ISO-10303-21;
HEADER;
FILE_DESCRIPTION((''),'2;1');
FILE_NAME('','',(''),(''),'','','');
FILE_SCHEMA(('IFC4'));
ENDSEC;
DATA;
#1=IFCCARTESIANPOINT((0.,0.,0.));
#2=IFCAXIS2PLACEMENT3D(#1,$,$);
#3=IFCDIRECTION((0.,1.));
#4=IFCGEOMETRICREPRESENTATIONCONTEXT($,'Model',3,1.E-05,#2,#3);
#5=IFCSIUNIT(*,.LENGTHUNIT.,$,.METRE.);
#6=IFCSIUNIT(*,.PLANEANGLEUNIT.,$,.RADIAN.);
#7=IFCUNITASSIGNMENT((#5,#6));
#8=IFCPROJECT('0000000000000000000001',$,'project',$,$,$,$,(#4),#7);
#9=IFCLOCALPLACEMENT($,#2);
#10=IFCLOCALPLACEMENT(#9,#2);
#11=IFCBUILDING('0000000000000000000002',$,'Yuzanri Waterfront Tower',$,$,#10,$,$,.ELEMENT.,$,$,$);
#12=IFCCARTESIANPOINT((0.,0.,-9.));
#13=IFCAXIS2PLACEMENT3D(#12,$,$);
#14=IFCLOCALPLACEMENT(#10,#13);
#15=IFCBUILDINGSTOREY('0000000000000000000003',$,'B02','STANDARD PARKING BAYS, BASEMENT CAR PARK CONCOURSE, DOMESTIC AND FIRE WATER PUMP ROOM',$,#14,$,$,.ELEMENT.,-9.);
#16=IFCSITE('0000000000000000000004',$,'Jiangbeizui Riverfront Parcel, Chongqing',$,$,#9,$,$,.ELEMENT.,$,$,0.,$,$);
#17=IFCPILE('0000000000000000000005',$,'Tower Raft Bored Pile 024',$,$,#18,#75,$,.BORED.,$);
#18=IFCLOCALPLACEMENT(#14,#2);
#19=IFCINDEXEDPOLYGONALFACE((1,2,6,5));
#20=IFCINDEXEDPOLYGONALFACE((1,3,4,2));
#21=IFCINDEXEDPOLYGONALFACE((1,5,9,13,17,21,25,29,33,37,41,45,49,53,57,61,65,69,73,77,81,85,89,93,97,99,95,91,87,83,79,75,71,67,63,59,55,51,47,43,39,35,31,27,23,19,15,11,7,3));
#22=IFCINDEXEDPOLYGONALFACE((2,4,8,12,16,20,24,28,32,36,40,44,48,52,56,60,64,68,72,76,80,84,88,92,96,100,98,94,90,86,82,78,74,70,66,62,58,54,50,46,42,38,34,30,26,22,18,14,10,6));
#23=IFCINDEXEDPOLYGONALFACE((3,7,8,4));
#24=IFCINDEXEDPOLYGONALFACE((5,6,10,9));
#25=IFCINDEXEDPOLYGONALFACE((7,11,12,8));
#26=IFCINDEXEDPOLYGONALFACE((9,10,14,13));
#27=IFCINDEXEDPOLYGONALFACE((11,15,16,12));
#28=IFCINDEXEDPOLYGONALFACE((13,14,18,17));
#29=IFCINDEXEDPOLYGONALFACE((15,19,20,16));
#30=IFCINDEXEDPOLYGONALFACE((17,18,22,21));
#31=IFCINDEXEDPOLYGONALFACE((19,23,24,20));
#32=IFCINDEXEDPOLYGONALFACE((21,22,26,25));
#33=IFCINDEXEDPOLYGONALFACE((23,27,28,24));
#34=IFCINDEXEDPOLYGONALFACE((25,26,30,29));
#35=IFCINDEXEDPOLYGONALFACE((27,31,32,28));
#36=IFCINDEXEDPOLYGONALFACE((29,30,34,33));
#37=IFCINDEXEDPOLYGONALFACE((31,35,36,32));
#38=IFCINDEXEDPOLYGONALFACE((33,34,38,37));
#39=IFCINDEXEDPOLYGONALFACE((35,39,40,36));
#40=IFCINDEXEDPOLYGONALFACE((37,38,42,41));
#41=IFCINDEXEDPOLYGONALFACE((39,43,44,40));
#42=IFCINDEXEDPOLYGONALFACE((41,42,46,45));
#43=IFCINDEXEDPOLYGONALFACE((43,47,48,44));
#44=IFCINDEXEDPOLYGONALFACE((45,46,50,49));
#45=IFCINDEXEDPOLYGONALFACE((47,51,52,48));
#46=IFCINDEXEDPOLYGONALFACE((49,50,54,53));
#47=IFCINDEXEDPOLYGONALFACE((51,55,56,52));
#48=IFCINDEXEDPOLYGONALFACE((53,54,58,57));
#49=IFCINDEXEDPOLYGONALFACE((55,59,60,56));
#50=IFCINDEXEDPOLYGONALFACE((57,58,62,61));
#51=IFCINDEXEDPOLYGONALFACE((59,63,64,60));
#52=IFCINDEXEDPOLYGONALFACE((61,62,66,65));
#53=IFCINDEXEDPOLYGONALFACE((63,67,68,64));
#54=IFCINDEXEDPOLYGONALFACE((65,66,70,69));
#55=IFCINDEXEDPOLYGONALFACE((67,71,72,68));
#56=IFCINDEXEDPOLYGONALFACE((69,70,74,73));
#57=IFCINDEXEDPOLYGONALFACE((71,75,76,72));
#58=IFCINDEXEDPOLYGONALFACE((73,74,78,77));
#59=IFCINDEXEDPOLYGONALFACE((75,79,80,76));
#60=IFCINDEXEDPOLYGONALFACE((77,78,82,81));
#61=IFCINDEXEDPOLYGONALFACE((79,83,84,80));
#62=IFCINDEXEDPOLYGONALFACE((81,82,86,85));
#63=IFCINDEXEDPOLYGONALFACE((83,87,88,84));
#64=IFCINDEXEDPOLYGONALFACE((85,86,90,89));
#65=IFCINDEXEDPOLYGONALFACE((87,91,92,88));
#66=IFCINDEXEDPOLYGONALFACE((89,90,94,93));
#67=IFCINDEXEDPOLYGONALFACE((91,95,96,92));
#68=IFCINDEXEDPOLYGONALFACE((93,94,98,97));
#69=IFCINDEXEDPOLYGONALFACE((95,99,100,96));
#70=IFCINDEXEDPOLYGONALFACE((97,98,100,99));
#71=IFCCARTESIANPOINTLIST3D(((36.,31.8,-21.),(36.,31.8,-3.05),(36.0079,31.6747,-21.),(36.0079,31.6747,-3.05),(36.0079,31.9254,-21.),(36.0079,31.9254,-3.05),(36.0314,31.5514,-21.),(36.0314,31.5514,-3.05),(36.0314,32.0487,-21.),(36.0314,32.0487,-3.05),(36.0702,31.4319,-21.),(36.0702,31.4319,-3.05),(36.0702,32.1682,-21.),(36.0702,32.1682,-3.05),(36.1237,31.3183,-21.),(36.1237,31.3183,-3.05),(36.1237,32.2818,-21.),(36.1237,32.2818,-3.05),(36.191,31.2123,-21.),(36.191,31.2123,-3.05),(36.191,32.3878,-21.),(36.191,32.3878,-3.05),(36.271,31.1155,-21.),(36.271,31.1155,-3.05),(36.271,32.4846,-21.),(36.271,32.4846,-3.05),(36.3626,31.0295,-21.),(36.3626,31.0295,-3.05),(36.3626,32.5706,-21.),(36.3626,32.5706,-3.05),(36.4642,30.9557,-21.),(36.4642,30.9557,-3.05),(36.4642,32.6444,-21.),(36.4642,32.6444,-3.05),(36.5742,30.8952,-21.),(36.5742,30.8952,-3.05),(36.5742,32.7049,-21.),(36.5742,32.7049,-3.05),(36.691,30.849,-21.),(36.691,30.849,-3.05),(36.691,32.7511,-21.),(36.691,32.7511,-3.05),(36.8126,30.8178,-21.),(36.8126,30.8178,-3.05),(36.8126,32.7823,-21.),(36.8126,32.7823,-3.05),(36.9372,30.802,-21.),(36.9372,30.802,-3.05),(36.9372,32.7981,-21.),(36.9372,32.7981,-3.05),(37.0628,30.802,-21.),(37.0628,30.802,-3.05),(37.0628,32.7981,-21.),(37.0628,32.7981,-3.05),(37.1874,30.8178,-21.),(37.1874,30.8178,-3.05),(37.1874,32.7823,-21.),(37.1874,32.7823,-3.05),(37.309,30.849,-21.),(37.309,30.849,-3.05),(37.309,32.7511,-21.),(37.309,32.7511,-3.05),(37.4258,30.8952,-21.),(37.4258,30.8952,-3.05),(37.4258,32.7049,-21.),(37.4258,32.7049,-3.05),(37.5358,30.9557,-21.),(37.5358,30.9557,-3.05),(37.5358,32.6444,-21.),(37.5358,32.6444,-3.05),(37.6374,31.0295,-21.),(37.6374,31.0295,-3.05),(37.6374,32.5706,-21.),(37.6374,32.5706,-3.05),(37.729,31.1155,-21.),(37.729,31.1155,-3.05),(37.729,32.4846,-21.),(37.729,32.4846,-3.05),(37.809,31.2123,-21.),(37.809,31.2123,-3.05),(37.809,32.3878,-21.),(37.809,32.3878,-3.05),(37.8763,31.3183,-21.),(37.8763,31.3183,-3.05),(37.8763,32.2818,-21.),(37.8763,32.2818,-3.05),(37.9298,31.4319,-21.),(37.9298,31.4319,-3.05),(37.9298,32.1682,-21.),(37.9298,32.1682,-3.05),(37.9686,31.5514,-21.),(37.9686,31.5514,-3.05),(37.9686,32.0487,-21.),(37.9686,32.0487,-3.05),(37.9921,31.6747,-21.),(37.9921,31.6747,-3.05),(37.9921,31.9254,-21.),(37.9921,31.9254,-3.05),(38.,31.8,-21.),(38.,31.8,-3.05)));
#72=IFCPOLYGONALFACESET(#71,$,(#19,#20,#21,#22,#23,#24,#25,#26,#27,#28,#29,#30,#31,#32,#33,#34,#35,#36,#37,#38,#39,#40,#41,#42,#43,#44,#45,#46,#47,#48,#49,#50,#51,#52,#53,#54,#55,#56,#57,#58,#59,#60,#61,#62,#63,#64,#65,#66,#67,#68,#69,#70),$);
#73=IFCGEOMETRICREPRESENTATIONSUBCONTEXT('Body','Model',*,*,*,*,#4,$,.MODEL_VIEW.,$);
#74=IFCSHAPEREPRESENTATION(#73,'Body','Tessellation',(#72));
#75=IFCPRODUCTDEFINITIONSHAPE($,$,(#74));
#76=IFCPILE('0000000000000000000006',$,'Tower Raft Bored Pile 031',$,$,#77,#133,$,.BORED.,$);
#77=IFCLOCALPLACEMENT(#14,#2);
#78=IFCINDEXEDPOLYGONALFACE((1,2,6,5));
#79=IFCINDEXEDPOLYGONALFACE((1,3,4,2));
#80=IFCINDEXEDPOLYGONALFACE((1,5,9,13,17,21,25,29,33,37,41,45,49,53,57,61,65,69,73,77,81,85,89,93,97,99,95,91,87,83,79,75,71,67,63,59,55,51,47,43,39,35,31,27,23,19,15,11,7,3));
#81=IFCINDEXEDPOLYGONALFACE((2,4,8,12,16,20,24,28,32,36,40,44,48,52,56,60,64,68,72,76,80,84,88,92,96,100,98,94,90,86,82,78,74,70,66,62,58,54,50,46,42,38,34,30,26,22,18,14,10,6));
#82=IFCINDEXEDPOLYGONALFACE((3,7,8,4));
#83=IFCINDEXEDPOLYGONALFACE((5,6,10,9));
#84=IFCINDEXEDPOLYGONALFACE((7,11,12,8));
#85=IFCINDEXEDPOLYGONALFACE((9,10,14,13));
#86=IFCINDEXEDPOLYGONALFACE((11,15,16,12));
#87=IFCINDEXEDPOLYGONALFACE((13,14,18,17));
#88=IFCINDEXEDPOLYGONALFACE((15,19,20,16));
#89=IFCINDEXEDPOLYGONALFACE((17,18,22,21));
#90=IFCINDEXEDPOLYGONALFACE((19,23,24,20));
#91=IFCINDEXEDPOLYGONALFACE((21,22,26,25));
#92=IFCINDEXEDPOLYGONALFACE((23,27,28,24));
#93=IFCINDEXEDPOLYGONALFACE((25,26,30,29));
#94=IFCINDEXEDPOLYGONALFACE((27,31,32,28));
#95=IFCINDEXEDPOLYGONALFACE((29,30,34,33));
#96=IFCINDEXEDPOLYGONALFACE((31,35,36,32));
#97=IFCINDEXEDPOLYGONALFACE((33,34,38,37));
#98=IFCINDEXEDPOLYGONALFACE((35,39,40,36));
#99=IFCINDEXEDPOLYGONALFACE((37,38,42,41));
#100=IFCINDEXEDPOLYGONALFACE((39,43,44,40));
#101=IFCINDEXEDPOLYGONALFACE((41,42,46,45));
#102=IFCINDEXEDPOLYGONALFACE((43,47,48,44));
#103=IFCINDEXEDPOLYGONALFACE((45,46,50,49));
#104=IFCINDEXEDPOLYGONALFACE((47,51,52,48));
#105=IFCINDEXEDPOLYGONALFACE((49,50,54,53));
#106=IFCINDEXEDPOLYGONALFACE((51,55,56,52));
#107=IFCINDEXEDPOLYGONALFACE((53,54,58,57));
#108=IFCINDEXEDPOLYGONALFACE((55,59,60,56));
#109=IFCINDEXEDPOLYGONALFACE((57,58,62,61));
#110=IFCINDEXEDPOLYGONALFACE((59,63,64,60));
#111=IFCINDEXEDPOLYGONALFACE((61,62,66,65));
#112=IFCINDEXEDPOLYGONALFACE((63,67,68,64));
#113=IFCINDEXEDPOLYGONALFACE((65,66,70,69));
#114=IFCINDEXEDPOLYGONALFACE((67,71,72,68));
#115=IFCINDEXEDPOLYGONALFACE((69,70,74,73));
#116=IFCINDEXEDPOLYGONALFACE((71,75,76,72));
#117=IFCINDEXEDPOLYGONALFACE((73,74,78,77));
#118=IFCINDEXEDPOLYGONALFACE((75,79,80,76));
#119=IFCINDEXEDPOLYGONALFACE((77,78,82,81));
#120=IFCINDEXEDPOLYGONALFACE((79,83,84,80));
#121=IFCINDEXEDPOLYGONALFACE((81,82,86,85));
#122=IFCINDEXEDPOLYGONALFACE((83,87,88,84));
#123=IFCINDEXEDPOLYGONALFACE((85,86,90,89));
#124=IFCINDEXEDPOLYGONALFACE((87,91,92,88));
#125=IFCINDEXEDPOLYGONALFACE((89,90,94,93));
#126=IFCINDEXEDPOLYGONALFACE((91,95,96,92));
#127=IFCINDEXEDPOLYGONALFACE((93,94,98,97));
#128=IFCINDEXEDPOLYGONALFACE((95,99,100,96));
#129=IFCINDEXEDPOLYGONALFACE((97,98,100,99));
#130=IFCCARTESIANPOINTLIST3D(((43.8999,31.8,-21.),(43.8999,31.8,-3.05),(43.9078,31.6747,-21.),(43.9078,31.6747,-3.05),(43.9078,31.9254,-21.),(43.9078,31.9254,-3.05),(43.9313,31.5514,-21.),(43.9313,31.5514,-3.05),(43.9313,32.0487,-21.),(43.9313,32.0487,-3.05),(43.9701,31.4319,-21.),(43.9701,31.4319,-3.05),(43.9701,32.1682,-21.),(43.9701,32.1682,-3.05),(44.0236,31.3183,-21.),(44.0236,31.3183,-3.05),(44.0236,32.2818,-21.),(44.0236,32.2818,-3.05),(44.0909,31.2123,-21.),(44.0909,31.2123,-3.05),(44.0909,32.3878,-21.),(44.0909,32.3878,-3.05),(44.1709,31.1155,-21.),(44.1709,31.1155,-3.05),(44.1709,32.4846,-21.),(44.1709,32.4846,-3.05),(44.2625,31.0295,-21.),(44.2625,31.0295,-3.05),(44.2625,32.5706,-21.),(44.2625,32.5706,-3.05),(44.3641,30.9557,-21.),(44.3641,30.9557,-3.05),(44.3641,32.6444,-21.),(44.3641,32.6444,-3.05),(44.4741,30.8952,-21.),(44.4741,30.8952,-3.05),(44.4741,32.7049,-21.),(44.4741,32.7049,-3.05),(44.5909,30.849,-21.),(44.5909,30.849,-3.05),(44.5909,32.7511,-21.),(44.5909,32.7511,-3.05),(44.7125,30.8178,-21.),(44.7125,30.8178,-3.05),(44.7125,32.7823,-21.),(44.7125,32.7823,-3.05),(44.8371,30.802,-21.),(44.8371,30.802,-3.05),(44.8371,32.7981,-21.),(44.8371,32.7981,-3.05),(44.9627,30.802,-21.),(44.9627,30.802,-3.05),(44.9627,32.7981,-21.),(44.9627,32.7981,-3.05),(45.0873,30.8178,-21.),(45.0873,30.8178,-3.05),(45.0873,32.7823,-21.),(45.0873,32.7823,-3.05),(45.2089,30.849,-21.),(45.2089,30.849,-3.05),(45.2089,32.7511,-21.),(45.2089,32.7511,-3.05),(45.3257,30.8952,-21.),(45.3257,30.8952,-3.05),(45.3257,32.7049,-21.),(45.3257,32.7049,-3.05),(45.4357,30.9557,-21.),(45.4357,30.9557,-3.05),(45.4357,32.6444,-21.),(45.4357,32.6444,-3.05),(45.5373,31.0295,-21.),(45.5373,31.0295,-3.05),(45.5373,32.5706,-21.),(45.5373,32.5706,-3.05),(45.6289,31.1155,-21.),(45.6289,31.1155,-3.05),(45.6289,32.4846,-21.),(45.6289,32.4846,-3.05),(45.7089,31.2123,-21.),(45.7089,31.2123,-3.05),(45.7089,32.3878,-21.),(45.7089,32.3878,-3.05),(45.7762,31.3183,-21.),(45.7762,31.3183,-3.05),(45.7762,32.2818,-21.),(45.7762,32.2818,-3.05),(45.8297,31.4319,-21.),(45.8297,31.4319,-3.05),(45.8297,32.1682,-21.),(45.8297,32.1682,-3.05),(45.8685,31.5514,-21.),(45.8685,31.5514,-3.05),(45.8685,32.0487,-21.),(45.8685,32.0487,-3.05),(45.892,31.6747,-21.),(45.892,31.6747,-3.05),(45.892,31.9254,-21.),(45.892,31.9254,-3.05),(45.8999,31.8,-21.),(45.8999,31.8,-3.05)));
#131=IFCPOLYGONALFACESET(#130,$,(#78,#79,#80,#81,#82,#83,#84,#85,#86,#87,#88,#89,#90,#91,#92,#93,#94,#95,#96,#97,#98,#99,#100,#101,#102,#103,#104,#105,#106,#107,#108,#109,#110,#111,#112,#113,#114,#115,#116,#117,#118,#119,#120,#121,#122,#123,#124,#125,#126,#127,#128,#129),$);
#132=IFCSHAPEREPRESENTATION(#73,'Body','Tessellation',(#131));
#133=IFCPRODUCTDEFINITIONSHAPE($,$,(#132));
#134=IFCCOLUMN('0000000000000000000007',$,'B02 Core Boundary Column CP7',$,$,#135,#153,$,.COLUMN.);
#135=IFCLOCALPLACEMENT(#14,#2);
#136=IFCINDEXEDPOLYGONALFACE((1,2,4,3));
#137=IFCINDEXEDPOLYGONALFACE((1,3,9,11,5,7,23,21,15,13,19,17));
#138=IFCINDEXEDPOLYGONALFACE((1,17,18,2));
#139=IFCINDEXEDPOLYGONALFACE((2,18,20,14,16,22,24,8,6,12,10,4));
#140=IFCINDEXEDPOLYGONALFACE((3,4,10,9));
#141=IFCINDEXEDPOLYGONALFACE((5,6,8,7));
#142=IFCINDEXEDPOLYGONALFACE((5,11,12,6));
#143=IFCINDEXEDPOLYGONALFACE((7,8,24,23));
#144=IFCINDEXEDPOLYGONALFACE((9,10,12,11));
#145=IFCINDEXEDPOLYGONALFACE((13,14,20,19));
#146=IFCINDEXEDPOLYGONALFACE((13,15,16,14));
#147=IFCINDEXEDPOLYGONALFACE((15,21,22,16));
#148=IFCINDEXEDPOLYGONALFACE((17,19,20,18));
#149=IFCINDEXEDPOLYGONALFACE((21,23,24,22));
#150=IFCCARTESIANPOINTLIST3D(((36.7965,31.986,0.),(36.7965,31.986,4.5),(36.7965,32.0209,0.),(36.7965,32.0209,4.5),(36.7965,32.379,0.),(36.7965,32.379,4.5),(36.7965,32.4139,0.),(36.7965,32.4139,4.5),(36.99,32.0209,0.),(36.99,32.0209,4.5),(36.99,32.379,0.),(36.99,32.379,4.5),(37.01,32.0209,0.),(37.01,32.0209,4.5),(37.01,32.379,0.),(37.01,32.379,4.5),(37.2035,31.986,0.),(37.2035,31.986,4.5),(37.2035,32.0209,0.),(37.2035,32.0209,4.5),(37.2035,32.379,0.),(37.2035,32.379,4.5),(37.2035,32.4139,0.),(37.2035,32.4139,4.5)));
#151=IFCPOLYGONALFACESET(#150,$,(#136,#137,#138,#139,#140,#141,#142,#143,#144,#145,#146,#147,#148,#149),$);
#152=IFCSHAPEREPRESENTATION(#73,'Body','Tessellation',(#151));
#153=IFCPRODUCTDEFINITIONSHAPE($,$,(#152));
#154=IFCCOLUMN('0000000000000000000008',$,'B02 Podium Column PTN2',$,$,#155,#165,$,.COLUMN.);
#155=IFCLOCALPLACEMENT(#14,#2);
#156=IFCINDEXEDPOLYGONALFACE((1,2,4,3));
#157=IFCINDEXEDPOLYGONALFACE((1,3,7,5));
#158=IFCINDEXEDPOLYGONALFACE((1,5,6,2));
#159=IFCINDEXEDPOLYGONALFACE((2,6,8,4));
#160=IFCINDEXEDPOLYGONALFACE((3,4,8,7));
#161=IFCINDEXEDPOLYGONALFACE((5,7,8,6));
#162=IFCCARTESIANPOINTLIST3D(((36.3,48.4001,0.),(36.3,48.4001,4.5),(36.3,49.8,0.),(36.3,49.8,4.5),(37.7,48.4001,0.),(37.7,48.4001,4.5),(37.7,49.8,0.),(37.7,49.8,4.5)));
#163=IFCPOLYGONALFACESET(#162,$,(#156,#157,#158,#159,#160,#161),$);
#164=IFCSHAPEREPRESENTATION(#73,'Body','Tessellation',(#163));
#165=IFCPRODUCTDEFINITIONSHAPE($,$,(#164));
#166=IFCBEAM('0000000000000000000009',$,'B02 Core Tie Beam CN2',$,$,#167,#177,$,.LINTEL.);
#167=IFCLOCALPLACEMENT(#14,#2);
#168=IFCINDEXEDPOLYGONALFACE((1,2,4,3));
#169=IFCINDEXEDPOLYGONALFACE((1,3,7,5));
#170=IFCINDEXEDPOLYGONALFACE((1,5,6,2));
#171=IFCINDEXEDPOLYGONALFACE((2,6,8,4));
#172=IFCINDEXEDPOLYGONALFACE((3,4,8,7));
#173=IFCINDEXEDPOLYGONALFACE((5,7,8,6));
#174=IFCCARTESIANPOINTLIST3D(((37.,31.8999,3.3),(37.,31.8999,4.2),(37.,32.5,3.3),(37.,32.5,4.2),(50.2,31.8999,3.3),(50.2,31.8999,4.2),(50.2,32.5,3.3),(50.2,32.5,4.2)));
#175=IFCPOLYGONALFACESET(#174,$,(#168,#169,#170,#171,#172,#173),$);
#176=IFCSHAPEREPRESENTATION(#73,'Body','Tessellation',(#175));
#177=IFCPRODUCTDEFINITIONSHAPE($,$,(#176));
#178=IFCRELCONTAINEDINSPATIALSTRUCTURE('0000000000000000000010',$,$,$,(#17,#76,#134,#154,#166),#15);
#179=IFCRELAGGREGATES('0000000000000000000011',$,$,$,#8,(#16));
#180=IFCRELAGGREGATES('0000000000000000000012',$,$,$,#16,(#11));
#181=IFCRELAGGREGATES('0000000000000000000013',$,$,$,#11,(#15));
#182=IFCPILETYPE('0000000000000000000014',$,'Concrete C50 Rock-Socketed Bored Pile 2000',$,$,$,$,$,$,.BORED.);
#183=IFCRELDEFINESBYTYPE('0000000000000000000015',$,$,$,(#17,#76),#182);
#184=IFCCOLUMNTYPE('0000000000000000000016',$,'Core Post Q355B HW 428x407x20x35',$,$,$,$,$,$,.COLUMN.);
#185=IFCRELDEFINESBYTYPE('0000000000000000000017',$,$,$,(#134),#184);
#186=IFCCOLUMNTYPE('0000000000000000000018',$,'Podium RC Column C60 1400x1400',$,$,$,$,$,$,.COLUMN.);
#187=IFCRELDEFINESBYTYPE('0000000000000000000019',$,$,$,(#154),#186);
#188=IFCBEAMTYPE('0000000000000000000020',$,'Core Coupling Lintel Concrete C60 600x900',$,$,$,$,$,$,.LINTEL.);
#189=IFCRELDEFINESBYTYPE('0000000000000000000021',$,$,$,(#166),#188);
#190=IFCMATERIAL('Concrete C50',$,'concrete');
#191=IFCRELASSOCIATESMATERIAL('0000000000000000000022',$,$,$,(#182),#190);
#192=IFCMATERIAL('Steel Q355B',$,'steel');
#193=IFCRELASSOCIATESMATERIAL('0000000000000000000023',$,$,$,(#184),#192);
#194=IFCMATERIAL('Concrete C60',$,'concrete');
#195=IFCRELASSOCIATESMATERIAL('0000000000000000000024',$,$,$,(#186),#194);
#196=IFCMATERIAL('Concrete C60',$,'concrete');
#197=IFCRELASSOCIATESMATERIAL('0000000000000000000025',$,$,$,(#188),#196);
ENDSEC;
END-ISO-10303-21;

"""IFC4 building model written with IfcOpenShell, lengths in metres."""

from ifc_helpers import new_model, si_unit, direction, frame, origin, origin_2d, place, context, subcontext, project, spatial, rectangle, circle, i_section, extrude, source, transform, mapped, material, material_profile, profile_set, type_object, element, save


model = new_model("IFC4")

# Units and contexts
model_context = context("Model", 3, precision=1e-05, world=origin(), true_north=direction((0.0, 1.0)))
body_context = subcontext(model_context, "Body", "Model", "MODEL_VIEW")
ifc_project = project(units=[si_unit("LENGTHUNIT", "METRE"), si_unit("PLANEANGLEUNIT", "RADIAN")], contexts=[model_context])

# Site, building, storey
site_placement = place(None, origin())
site = spatial("IfcSite", under=ifc_project, at=site_placement, Name="Jiangbeizui Riverfront Parcel, Chongqing", CompositionType="ELEMENT", RefElevation=0.0)
building_placement = place(site_placement, origin())
building = spatial("IfcBuilding", under=site, at=building_placement, Name="Yuzanri Waterfront Tower", CompositionType="ELEMENT")
storey_placement = place(building_placement, frame((0.0, 0.0, -9.0)))
storey = spatial("IfcBuildingStorey", under=building, at=storey_placement, Name="B02", Description="STANDARD PARKING BAYS, BASEMENT CAR PARK CONCOURSE, DOMESTIC AND FIRE WATER PUMP ROOM", CompositionType="ELEMENT", Elevation=-9.0)

# Piles
ifc_material_1 = material(Name="Concrete C50", Category="concrete")
ifc_material_profile_1 = material_profile(ifc_material_1, circle(Radius=1.0, at=origin_2d()), Name="PILE D2000")
ifc_profile_set_1 = profile_set([ifc_material_profile_1], Name="Concrete C50")
pile_type_1 = type_object("IfcPileType", Name="Concrete C50 Rock-Socketed Bored Pile 2000", PredefinedType="BORED", material=ifc_profile_set_1)
shared_shape_1 = source(origin(), body_context, "Body", "SweptSolid", [
    extrude(circle(Radius=1.0, at=origin_2d()), origin(), (0.0, 0.0, 1.0), 17.95),
])
for number, where, z_axis, x_axis, name in (
    (1, (37.0, 31.8, -3.05), (0.0, 0.0, -1.0), (1.0, 0.0, 0.0), "Tower Raft Bored Pile 024"),
    (2, (44.8999, 31.8, -3.05), (0.0, 0.0, -1.0), (1.0, 0.0, 0.0), "Tower Raft Bored Pile 031"),
):
    element("IfcPile", number, at=place(storey_placement, frame(where, z_axis=z_axis, x_axis=x_axis)), inside=storey, type_object=pile_type_1, Name=name, PredefinedType="BORED", context=body_context, shape_type="MappedRepresentation", body=[
        mapped(shared_shape_1, transform((0.0, 0.0, 0.0), scale=1.0)),
    ])

# Columns
ifc_material_2 = material(Name="Steel Q355B", Category="steel")
ifc_material_profile_2 = material_profile(ifc_material_2, i_section(OverallWidth=0.407, OverallDepth=0.428, WebThickness=0.02, FlangeThickness=0.0349, at=origin_2d()), Name="HW 428x407x20x35")
ifc_profile_set_2 = profile_set([ifc_material_profile_2], Name="Steel Q355B")
column_type_1 = type_object("IfcColumnType", Name="Core Post Q355B HW 428x407x20x35", PredefinedType="COLUMN", material=ifc_profile_set_2)
shared_shape_2 = source(origin(), body_context, "Body", "SweptSolid", [
    extrude(i_section(OverallWidth=0.407, OverallDepth=0.428, WebThickness=0.02, FlangeThickness=0.0349, at=origin_2d()), origin(), (0.0, 0.0, 1.0), 4.5),
])
column_1_placement = place(storey_placement, frame((37.0, 32.2, 0.0), z_axis=(0.0, 0.0, 1.0), x_axis=(1.0, 0.0, 0.0)))
element("IfcColumn", 3, at=column_1_placement, inside=storey, type_object=column_type_1, Name="B02 Core Boundary Column CP7", PredefinedType="COLUMN", context=body_context, shape_type="MappedRepresentation", body=[
    mapped(shared_shape_2, transform((0.0, 0.0, 0.0), scale=1.0)),
])
ifc_material_3 = material(Name="Concrete C60", Category="concrete")
ifc_material_profile_3 = material_profile(ifc_material_3, rectangle(XDim=1.3999, YDim=1.3999, at=origin_2d()), Name="RC 1400x1400")
ifc_profile_set_3 = profile_set([ifc_material_profile_3], Name="Concrete C60")
column_type_2 = type_object("IfcColumnType", Name="Podium RC Column C60 1400x1400", PredefinedType="COLUMN", material=ifc_profile_set_3)
shared_shape_3 = source(origin(), body_context, "Body", "SweptSolid", [
    extrude(rectangle(XDim=1.3999, YDim=1.3999, at=origin_2d()), origin(), (0.0, 0.0, 1.0), 4.5),
])
column_2_placement = place(storey_placement, frame((37.0, 49.1001, 0.0), z_axis=(0.0, 0.0, 1.0), x_axis=(1.0, 0.0, 0.0)))
element("IfcColumn", 4, at=column_2_placement, inside=storey, type_object=column_type_2, Name="B02 Podium Column PTN2", PredefinedType="COLUMN", context=body_context, shape_type="MappedRepresentation", body=[
    mapped(shared_shape_3, transform((0.0, 0.0, 0.0), scale=1.0)),
])

# Beam
ifc_material_4 = material(Name="Concrete C60", Category="concrete")
ifc_material_profile_4 = material_profile(ifc_material_4, rectangle(XDim=0.6001, YDim=0.8999, at=origin_2d()), Name="RC 600x900")
ifc_profile_set_4 = profile_set([ifc_material_profile_4], Name="Concrete C60")
beam_type_1 = type_object("IfcBeamType", Name="Core Coupling Lintel Concrete C60 600x900", PredefinedType="LINTEL", material=ifc_profile_set_4)
shared_shape_4 = source(origin(), body_context, "Body", "SweptSolid", [
    extrude(rectangle(XDim=0.6001, YDim=0.8999, at=origin_2d()), origin(), (0.0, 0.0, 1.0), 13.2),
])
beam_1_placement = place(storey_placement, frame((37.0, 32.2, 3.75), z_axis=(1.0, 0.0, 0.0), x_axis=(0.0, 1.0, 0.0)))
element("IfcBeam", 5, at=beam_1_placement, inside=storey, type_object=beam_type_1, Name="B02 Core Tie Beam CN2", PredefinedType="LINTEL", context=body_context, shape_type="MappedRepresentation", body=[
    mapped(shared_shape_4, transform((0.0, 0.0, 0.0), scale=1.0)),
])

save(model, "model.ifc")
